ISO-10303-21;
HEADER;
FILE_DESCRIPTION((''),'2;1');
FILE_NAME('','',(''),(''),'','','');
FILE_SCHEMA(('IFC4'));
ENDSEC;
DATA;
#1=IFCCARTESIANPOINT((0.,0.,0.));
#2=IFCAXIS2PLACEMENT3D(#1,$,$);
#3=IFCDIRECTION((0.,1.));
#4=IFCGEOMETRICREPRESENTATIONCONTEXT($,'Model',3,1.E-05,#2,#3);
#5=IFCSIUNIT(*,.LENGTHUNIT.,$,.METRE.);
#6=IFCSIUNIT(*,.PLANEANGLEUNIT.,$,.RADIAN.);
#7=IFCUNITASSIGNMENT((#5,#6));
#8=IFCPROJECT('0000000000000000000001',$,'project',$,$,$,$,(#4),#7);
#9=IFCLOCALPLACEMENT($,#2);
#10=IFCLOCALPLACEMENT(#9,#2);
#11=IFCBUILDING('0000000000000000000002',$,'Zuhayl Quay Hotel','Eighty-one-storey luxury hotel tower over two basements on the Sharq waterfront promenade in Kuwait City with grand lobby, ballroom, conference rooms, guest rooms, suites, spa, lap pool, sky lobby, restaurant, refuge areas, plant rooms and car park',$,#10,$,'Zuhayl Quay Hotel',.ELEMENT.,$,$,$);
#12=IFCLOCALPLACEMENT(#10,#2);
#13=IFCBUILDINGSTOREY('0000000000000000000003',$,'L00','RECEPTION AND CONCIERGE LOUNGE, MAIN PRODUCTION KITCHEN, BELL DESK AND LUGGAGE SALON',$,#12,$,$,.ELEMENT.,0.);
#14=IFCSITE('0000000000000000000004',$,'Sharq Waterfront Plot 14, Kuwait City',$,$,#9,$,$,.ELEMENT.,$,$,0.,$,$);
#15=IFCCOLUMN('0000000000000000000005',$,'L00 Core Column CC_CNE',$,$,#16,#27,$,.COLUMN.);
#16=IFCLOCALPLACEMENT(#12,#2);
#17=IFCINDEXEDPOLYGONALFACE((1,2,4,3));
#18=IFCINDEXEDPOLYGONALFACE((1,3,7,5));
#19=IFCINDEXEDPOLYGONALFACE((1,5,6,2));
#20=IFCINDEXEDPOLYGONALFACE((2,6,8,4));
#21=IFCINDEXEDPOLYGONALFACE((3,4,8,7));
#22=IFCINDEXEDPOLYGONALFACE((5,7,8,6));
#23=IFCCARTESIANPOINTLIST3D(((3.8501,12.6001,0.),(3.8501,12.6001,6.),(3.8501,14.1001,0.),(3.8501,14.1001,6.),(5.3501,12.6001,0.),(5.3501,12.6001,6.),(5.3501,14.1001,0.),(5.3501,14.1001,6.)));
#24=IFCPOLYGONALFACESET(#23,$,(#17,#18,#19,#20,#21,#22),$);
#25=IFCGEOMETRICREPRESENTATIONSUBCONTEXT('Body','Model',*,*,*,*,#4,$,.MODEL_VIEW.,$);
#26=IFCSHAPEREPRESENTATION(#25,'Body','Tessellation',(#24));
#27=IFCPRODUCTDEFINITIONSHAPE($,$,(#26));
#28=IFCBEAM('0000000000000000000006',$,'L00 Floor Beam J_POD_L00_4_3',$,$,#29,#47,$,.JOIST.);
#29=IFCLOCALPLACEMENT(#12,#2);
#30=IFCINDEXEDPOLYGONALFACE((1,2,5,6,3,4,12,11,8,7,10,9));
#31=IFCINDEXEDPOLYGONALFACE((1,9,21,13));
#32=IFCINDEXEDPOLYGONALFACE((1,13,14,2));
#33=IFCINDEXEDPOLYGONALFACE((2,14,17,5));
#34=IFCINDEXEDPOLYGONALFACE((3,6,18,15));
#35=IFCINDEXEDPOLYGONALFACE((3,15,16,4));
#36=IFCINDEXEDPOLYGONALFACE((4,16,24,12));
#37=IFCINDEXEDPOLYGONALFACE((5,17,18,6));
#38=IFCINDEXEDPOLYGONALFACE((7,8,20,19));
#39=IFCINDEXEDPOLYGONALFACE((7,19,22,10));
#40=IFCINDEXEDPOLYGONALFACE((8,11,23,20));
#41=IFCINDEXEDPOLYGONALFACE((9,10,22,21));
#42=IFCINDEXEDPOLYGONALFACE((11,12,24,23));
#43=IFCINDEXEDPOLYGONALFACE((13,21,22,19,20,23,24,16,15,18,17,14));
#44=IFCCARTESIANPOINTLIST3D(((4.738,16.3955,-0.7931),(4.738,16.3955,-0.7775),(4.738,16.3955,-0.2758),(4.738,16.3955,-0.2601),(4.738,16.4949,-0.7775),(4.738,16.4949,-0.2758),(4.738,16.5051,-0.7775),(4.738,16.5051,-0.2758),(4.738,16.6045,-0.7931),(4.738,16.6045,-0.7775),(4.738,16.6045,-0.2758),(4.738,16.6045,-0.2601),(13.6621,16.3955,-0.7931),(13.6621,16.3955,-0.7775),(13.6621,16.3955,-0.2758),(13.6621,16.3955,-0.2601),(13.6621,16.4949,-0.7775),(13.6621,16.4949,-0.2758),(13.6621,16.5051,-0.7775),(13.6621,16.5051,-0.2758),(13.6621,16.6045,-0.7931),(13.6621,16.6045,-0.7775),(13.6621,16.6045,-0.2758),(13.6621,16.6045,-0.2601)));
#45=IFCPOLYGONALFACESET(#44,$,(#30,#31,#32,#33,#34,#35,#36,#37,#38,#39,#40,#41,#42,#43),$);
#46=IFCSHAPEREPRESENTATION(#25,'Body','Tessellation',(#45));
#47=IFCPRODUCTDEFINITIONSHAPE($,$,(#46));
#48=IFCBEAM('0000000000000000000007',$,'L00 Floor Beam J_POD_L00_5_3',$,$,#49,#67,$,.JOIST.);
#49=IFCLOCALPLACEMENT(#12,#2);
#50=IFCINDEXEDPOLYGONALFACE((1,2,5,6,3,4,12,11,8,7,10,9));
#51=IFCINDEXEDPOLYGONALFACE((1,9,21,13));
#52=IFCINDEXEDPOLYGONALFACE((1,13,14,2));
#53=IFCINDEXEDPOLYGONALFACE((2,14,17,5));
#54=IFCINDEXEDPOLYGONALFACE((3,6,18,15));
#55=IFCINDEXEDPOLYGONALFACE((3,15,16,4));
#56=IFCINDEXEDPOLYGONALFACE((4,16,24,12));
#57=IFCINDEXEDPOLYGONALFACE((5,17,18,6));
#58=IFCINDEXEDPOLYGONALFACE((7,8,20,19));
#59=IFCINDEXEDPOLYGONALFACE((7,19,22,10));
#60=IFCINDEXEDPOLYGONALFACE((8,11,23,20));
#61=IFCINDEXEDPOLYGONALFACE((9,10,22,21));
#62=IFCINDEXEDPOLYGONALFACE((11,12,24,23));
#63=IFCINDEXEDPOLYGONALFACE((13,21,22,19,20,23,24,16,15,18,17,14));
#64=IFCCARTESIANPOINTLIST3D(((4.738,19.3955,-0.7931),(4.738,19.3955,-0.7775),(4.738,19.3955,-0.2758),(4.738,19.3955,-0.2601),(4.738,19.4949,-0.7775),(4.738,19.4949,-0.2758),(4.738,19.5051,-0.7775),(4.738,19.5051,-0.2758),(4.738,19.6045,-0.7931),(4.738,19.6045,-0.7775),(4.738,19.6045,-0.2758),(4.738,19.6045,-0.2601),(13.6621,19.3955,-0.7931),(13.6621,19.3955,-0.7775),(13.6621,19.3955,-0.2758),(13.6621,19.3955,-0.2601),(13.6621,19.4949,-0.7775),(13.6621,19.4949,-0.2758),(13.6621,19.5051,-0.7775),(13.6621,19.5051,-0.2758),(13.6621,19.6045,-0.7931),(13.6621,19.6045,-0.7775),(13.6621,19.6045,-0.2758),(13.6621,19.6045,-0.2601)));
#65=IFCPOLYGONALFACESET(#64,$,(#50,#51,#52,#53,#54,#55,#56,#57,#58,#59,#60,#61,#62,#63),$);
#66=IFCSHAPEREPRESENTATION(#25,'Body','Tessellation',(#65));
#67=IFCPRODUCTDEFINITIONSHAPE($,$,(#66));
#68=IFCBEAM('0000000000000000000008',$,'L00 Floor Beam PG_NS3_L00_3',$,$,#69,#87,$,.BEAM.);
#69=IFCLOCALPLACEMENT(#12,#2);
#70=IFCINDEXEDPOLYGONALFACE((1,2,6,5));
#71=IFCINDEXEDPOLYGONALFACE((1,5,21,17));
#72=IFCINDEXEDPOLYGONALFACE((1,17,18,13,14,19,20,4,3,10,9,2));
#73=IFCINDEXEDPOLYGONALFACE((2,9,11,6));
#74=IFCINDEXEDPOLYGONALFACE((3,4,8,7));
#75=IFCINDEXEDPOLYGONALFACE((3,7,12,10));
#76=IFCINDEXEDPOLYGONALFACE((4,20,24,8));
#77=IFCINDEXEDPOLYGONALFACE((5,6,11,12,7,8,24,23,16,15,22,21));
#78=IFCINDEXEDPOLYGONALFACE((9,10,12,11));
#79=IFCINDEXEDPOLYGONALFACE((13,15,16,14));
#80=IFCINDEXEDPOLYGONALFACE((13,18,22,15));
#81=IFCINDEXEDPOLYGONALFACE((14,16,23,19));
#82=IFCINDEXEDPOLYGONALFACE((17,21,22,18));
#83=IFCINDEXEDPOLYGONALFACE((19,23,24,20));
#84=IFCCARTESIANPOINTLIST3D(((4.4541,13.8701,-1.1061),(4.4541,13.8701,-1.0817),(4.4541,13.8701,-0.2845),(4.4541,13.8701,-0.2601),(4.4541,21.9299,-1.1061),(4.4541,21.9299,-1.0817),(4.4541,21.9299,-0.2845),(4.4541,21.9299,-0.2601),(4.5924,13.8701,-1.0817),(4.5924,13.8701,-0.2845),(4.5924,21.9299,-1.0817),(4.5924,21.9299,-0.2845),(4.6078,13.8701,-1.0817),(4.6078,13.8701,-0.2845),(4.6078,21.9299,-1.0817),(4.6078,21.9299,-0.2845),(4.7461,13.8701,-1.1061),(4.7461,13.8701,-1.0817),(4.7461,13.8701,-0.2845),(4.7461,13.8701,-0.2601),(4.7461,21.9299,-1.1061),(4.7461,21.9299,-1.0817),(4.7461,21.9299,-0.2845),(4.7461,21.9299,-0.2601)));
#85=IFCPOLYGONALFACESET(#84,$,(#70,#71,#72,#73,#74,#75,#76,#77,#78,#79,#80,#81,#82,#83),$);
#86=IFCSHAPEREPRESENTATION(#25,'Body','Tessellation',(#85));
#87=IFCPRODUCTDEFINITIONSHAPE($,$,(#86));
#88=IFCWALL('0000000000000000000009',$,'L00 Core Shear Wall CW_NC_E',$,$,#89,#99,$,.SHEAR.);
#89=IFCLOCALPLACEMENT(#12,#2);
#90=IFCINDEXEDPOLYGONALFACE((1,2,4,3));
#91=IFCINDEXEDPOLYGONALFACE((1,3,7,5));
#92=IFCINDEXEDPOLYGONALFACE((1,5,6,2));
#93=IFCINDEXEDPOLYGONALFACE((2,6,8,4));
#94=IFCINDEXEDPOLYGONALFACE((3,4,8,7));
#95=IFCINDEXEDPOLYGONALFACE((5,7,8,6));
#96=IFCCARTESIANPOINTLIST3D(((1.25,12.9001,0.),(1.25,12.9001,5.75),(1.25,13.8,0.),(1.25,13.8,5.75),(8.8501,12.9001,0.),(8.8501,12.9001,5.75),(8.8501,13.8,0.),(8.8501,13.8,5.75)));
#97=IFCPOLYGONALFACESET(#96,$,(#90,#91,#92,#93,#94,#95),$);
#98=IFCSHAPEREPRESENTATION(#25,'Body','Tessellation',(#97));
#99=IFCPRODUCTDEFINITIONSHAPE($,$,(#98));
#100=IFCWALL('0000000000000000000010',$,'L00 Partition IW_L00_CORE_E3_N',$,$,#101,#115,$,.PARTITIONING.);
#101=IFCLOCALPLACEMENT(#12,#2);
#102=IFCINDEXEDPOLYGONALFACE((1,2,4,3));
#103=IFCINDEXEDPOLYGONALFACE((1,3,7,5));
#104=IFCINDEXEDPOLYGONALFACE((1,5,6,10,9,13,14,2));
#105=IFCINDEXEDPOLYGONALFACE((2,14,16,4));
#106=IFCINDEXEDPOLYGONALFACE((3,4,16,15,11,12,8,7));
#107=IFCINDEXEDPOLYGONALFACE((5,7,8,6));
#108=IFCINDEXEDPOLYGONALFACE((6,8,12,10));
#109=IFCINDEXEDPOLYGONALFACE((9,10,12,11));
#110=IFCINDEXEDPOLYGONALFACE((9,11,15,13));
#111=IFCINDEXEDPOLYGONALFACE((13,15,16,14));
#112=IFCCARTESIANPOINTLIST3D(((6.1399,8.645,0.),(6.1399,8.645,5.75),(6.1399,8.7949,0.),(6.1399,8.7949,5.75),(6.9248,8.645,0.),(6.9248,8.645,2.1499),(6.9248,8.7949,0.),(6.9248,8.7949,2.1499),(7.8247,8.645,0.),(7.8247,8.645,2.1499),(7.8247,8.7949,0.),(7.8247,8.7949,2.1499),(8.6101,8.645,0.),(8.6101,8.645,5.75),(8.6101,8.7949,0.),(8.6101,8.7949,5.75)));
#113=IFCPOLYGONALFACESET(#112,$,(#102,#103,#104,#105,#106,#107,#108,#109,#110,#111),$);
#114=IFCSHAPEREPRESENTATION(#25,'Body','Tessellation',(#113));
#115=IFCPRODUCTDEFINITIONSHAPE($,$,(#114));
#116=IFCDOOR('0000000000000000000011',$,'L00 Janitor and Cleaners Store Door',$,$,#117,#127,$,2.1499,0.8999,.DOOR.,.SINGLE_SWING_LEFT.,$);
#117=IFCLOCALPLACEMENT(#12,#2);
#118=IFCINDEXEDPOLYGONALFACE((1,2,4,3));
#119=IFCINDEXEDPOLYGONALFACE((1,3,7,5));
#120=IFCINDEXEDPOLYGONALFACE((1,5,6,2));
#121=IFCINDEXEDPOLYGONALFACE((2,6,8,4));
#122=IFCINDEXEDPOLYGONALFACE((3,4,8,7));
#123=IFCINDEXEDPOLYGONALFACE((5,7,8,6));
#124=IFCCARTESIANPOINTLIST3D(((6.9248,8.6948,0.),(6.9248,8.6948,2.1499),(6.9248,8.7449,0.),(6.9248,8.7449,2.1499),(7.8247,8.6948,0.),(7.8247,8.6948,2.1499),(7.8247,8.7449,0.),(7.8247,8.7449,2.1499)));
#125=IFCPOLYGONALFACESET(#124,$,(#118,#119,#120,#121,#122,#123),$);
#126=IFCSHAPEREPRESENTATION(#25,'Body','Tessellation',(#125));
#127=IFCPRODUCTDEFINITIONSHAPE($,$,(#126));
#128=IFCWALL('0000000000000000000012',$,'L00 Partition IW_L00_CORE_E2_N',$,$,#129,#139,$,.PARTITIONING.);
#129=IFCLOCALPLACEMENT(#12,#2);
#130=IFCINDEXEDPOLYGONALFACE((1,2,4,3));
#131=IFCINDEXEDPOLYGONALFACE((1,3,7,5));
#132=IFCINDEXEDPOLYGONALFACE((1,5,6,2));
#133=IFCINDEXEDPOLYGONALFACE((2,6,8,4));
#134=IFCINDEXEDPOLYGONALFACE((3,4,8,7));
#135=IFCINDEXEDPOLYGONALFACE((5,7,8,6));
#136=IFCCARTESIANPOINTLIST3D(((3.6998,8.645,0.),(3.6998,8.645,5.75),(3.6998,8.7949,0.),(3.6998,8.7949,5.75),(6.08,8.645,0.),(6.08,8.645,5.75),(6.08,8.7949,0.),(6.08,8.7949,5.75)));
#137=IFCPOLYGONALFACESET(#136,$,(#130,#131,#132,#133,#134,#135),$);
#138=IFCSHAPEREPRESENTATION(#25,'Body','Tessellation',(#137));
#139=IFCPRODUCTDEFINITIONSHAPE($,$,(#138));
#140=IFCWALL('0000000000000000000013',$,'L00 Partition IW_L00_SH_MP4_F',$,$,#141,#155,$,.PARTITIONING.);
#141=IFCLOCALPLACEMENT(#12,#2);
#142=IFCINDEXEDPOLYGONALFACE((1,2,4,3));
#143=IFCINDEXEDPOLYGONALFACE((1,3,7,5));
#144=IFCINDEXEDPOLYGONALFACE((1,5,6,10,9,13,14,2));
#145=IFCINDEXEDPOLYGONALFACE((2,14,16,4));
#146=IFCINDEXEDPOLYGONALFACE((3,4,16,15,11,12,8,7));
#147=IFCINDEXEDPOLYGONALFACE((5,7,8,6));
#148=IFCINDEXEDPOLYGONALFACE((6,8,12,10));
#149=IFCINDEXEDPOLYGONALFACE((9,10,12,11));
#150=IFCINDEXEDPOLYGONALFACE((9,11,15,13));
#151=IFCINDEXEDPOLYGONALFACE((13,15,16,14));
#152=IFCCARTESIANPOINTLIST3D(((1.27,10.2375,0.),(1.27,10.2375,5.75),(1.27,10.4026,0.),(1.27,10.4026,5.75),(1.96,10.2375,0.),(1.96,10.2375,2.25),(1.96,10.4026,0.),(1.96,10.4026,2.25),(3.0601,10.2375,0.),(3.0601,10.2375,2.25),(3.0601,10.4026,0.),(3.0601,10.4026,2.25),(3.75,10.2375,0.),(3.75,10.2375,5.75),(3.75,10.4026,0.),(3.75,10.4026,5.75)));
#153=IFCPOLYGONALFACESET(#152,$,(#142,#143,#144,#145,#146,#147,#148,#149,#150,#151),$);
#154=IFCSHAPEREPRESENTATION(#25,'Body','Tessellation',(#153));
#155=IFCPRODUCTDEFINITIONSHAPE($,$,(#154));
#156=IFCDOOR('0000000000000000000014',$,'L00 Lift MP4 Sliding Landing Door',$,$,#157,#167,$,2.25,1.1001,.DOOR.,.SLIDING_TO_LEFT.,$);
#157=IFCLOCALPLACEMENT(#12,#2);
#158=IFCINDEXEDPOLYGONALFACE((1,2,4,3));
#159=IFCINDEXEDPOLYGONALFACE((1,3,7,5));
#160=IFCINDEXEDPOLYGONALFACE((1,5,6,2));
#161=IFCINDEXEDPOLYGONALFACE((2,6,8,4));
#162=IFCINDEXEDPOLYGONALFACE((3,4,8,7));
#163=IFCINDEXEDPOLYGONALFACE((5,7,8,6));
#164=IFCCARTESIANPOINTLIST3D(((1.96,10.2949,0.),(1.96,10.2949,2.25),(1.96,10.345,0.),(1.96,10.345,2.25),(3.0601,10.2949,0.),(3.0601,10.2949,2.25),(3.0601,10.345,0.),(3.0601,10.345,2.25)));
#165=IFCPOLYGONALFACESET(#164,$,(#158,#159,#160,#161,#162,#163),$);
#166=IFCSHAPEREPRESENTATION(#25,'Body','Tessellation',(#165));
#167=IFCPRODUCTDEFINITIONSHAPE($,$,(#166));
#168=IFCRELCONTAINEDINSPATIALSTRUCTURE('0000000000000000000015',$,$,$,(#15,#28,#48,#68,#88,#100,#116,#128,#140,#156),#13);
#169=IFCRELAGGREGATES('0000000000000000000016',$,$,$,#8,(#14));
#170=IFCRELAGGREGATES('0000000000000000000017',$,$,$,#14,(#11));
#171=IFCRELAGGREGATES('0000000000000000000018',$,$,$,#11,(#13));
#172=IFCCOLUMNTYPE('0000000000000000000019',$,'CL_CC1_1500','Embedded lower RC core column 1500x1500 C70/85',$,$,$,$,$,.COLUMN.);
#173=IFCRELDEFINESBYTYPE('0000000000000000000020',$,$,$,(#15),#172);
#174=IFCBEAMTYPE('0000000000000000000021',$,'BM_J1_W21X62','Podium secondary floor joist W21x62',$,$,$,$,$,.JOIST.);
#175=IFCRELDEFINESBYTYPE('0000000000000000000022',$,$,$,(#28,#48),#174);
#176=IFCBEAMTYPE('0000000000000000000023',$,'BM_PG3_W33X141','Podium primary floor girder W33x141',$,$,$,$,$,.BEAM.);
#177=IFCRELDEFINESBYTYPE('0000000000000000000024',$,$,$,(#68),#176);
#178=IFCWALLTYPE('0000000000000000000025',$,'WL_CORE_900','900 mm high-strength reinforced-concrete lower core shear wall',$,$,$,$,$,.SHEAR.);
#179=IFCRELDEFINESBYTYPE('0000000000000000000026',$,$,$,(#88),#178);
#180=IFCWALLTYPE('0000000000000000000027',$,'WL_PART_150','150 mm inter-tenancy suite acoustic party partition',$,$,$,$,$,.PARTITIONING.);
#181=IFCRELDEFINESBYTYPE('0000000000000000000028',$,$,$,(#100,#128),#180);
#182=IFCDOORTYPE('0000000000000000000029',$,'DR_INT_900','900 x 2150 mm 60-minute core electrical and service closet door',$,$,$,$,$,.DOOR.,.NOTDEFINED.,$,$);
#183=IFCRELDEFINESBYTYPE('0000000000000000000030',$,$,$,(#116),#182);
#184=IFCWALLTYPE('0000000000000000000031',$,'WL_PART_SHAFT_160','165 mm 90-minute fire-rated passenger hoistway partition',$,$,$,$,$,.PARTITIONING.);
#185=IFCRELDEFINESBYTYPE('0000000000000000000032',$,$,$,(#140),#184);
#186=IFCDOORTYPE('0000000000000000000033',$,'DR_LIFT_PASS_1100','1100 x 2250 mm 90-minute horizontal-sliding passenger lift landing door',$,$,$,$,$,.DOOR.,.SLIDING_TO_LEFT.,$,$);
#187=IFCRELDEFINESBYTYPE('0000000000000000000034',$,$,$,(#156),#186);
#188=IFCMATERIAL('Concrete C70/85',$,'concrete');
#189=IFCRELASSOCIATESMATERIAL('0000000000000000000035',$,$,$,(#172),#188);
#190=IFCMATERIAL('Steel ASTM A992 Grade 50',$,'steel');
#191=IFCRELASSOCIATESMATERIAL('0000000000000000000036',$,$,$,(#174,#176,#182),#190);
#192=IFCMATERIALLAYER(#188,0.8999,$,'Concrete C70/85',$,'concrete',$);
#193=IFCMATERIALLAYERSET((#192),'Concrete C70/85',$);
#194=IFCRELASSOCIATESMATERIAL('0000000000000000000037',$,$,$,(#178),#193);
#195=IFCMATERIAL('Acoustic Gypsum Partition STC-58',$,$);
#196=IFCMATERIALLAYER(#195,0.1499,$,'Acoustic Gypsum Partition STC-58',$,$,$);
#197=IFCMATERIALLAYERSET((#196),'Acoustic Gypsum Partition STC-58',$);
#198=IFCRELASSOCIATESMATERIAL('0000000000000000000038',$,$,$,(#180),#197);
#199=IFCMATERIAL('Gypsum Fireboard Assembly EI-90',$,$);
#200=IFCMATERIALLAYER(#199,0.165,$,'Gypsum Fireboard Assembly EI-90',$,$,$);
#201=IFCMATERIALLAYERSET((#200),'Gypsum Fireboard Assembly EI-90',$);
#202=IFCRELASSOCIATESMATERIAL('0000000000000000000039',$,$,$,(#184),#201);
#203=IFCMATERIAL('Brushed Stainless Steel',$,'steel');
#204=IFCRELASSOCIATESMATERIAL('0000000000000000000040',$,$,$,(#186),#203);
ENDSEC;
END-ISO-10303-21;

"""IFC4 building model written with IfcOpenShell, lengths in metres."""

from ifc_helpers import new_model, si_unit, direction, frame, frame_2d, origin, origin_2d, place, context, subcontext, project, spatial, rectangle, i_section, extrude, material, layer, layer_set, material_profile, profile_set, type_object, element, fill, save


model = new_model("IFC4")

# Units and contexts
model_context = context("Model", 3, precision=1e-05, world=origin(), true_north=direction((0.0, 1.0)))
body_context = subcontext(model_context, "Body", "Model", "MODEL_VIEW")
ifc_project = project(units=[si_unit("LENGTHUNIT", "METRE"), si_unit("PLANEANGLEUNIT", "RADIAN")], contexts=[model_context])

# Site, building, storey
site_placement = place(None, origin())
site = spatial("IfcSite", under=ifc_project, at=site_placement, Name="Sharq Waterfront Plot 14, Kuwait City", CompositionType="ELEMENT", RefElevation=0.0)
building_placement = place(site_placement, origin())
building = spatial("IfcBuilding", under=site, at=building_placement, Name="Zuhayl Quay Hotel", Description="Eighty-one-storey luxury hotel tower over two basements on the Sharq waterfront promenade in Kuwait City with grand lobby, ballroom, conference rooms, guest rooms, suites, spa, lap pool, sky lobby, restaurant, refuge areas, plant rooms and car park", LongName="Zuhayl Quay Hotel", CompositionType="ELEMENT")
storey_placement = place(building_placement, origin())
storey = spatial("IfcBuildingStorey", under=building, at=storey_placement, Name="L00", Description="RECEPTION AND CONCIERGE LOUNGE, MAIN PRODUCTION KITCHEN, BELL DESK AND LUGGAGE SALON", CompositionType="ELEMENT", Elevation=0.0)

# Column
ifc_material_1 = material(Name="Concrete C70/85", Category="concrete")
ifc_material_profile_1 = material_profile(ifc_material_1, rectangle(XDim=1.5, YDim=1.5, at=origin_2d()), Name="RC1500X1500")
ifc_profile_set_1 = profile_set([ifc_material_profile_1], Name="Concrete C70/85")
column_type = type_object("IfcColumnType", Name="CL_CC1_1500", Description="Embedded lower RC core column 1500x1500 C70/85", PredefinedType="COLUMN", material=ifc_profile_set_1)
column_placement = place(storey_placement, frame((4.6001, 13.3501, 0.0), z_axis=(0.0, 0.0, 1.0), x_axis=(1.0, 0.0, 0.0)))
element("IfcColumn", 1, at=column_placement, inside=storey, type_object=column_type, Name="L00 Core Column CC_CNE", PredefinedType="COLUMN", context=body_context, shape_type="SweptSolid", body=[
    extrude(rectangle(XDim=1.5, YDim=1.5, at=origin_2d()), origin(), (0.0, 0.0, 1.0), 6.0),
])

# Beams
ifc_material_2 = material(Name="Steel ASTM A992 Grade 50", Category="steel")
ifc_material_profile_2 = material_profile(ifc_material_2, i_section(OverallWidth=0.209, OverallDepth=0.533, WebThickness=0.0103, FlangeThickness=0.0156, at=origin_2d()), Name="W21X62")
ifc_profile_set_2 = profile_set([ifc_material_profile_2], Name="Steel ASTM A992 Grade 50")
beam_type_1 = type_object("IfcBeamType", Name="BM_J1_W21X62", Description="Podium secondary floor joist W21x62", PredefinedType="JOIST", material=ifc_profile_set_2)
for number, where, z_axis, x_axis, name in (
    (2, (4.738, 16.5, -0.5266), (1.0, 0.0, 0.0), (0.0, 1.0, 0.0), "L00 Floor Beam J_POD_L00_4_3"),
    (3, (4.738, 19.5, -0.5266), (1.0, 0.0, 0.0), (0.0, 1.0, 0.0), "L00 Floor Beam J_POD_L00_5_3"),
):
    element("IfcBeam", number, at=place(storey_placement, frame(where, z_axis=z_axis, x_axis=x_axis)), inside=storey, type_object=beam_type_1, Name=name, PredefinedType="JOIST", context=body_context, shape_type="SweptSolid", body=[
        extrude(i_section(OverallWidth=0.209, OverallDepth=0.533, WebThickness=0.0103, FlangeThickness=0.0156, at=origin_2d()), origin(), (0.0, 0.0, 1.0), 8.9241),
    ])
ifc_material_profile_3 = material_profile(ifc_material_2, i_section(OverallWidth=0.292, OverallDepth=0.8459, WebThickness=0.0154, FlangeThickness=0.0244, at=origin_2d()), Name="W33X141")
ifc_profile_set_3 = profile_set([ifc_material_profile_3], Name="Steel ASTM A992 Grade 50")
beam_type_2 = type_object("IfcBeamType", Name="BM_PG3_W33X141", Description="Podium primary floor girder W33x141", PredefinedType="BEAM", material=ifc_profile_set_3)
beam_placement = place(storey_placement, frame((4.6001, 13.8701, -0.6831), z_axis=(0.0, 1.0, 0.0), x_axis=(-1.0, 0.0, 0.0)))
element("IfcBeam", 4, at=beam_placement, inside=storey, type_object=beam_type_2, Name="L00 Floor Beam PG_NS3_L00_3", PredefinedType="BEAM", context=body_context, shape_type="SweptSolid", body=[
    extrude(i_section(OverallWidth=0.292, OverallDepth=0.8459, WebThickness=0.0154, FlangeThickness=0.0244, at=origin_2d()), origin(), (0.0, 0.0, 1.0), 8.0598),
])

# Wall
ifc_layer_1 = layer(ifc_material_1, 0.8999, Name="Concrete C70/85", Category="concrete")
ifc_layer_set_1 = layer_set([ifc_layer_1], Name="Concrete C70/85")
wall_type_1 = type_object("IfcWallType", Name="WL_CORE_900", Description="900 mm high-strength reinforced-concrete lower core shear wall", PredefinedType="SHEAR", material=ifc_layer_set_1)
wall_1_placement = place(storey_placement, frame((1.25, 13.3501, 0.0), z_axis=(0.0, 0.0, 1.0), x_axis=(1.0, 0.0, 0.0)))
element("IfcWall", 5, at=wall_1_placement, inside=storey, type_object=wall_type_1, Name="L00 Core Shear Wall CW_NC_E", PredefinedType="SHEAR", context=body_context, shape_type="SweptSolid", body=[
    extrude(rectangle(XDim=7.6001, YDim=0.8999, at=frame_2d((3.8, 0.0))), origin(), (0.0, 0.0, 1.0), 5.75),
])

# Wall, opening, door
ifc_material_3 = material(Name="Acoustic Gypsum Partition STC-58")
ifc_layer_2 = layer(ifc_material_3, 0.1499, Name="Acoustic Gypsum Partition STC-58")
ifc_layer_set_2 = layer_set([ifc_layer_2], Name="Acoustic Gypsum Partition STC-58")
wall_type_2 = type_object("IfcWallType", Name="WL_PART_150", Description="150 mm inter-tenancy suite acoustic party partition", PredefinedType="PARTITIONING", material=ifc_layer_set_2)
door_type_1 = type_object("IfcDoorType", Name="DR_INT_900", Description="900 x 2150 mm 60-minute core electrical and service closet door", OperationType="NOTDEFINED", PredefinedType="DOOR", material=ifc_material_2)
wall_2_placement = place(storey_placement, frame((6.1399, 8.72, 0.0), z_axis=(0.0, 0.0, 1.0), x_axis=(1.0, 0.0, 0.0)))
wall_2 = element("IfcWall", 6, at=wall_2_placement, inside=storey, type_object=wall_type_2, Name="L00 Partition IW_L00_CORE_E3_N", PredefinedType="PARTITIONING", context=body_context, shape_type="SweptSolid", body=[
    extrude(rectangle(XDim=2.4702, YDim=0.1499, at=frame_2d((1.2351, 0.0))), origin(), (0.0, 0.0, 1.0), 5.75),
])
opening_1_placement = place(wall_2_placement, frame((0.7849, 0.0, 0.0)))
opening_1 = element("IfcOpeningElement", 7, at=opening_1_placement, cuts=wall_2, PredefinedType="OPENING", context=body_context, shape_type="SweptSolid", body=[
    extrude(rectangle(XDim=0.8999, YDim=2.1499, at=frame_2d((0.45, 1.075))), frame((0.0, 0.085, 0.0), z_axis=(0.0, -1.0, 0.0), x_axis=(1.0, 0.0, 0.0)), (0.0, 0.0, 1.0), 0.1699),
])
door_1_placement = place(opening_1_placement, origin())
door_1 = element("IfcDoor", 8, at=door_1_placement, inside=storey, type_object=door_type_1, Name="L00 Janitor and Cleaners Store Door", OperationType="SINGLE_SWING_LEFT", OverallHeight=2.1499, OverallWidth=0.8999, PredefinedType="DOOR", context=body_context, shape_type="SweptSolid", body=[
    extrude(rectangle(XDim=0.8999, YDim=2.1499, at=frame_2d((0.45, 1.075))), frame((0.0, 0.0249, 0.0), z_axis=(0.0, -1.0, 0.0), x_axis=(1.0, 0.0, 0.0)), (0.0, 0.0, 1.0), 0.05),
])
fill(opening_1, door_1)

# Wall
wall_3_placement = place(storey_placement, frame((3.7, 8.72, 0.0), z_axis=(0.0, 0.0, 1.0), x_axis=(1.0, 0.0, 0.0)))
element("IfcWall", 9, at=wall_3_placement, inside=storey, type_object=wall_type_2, Name="L00 Partition IW_L00_CORE_E2_N", PredefinedType="PARTITIONING", context=body_context, shape_type="SweptSolid", body=[
    extrude(rectangle(XDim=2.3801, YDim=0.1499, at=frame_2d((1.1899, 0.0))), origin(), (0.0, 0.0, 1.0), 5.75),
])

# Wall, opening, door
ifc_material_4 = material(Name="Gypsum Fireboard Assembly EI-90")
ifc_layer_3 = layer(ifc_material_4, 0.165, Name="Gypsum Fireboard Assembly EI-90")
ifc_layer_set_3 = layer_set([ifc_layer_3], Name="Gypsum Fireboard Assembly EI-90")
wall_type_3 = type_object("IfcWallType", Name="WL_PART_SHAFT_160", Description="165 mm 90-minute fire-rated passenger hoistway partition", PredefinedType="PARTITIONING", material=ifc_layer_set_3)
wall_4_placement = place(storey_placement, frame((1.27, 10.3201, 0.0), z_axis=(0.0, 0.0, 1.0), x_axis=(1.0, 0.0, 0.0)))
wall_4 = element("IfcWall", 10, at=wall_4_placement, inside=storey, type_object=wall_type_3, Name="L00 Partition IW_L00_SH_MP4_F", PredefinedType="PARTITIONING", context=body_context, shape_type="SweptSolid", body=[
    extrude(rectangle(XDim=2.48, YDim=0.165, at=frame_2d((1.24, 0.0))), origin(), (0.0, 0.0, 1.0), 5.75),
])
opening_2_placement = place(wall_4_placement, frame((0.6899, 0.0, 0.0)))
opening_2 = element("IfcOpeningElement", 11, at=opening_2_placement, cuts=wall_4, PredefinedType="OPENING", context=body_context, shape_type="SweptSolid", body=[
    extrude(rectangle(XDim=1.1001, YDim=2.25, at=frame_2d((0.55, 1.125))), frame((0.0, 0.0925, 0.0), z_axis=(0.0, -1.0, 0.0), x_axis=(1.0, 0.0, 0.0)), (0.0, 0.0, 1.0), 0.1851),
])
ifc_material_5 = material(Name="Brushed Stainless Steel", Category="steel")
door_type_2 = type_object("IfcDoorType", Name="DR_LIFT_PASS_1100", Description="1100 x 2250 mm 90-minute horizontal-sliding passenger lift landing door", OperationType="SLIDING_TO_LEFT", PredefinedType="DOOR", material=ifc_material_5)
door_2_placement = place(opening_2_placement, origin())
door_2 = element("IfcDoor", 12, at=door_2_placement, inside=storey, type_object=door_type_2, Name="L00 Lift MP4 Sliding Landing Door", OperationType="SLIDING_TO_LEFT", OverallHeight=2.25, OverallWidth=1.1001, PredefinedType="DOOR", context=body_context, shape_type="SweptSolid", body=[
    extrude(rectangle(XDim=1.1001, YDim=2.25, at=frame_2d((0.55, 1.125))), frame((0.0, 0.0249, 0.0), z_axis=(0.0, -1.0, 0.0), x_axis=(1.0, 0.0, 0.0)), (0.0, 0.0, 1.0), 0.05),
])
fill(opening_2, door_2)

save(model, "model.ifc")
